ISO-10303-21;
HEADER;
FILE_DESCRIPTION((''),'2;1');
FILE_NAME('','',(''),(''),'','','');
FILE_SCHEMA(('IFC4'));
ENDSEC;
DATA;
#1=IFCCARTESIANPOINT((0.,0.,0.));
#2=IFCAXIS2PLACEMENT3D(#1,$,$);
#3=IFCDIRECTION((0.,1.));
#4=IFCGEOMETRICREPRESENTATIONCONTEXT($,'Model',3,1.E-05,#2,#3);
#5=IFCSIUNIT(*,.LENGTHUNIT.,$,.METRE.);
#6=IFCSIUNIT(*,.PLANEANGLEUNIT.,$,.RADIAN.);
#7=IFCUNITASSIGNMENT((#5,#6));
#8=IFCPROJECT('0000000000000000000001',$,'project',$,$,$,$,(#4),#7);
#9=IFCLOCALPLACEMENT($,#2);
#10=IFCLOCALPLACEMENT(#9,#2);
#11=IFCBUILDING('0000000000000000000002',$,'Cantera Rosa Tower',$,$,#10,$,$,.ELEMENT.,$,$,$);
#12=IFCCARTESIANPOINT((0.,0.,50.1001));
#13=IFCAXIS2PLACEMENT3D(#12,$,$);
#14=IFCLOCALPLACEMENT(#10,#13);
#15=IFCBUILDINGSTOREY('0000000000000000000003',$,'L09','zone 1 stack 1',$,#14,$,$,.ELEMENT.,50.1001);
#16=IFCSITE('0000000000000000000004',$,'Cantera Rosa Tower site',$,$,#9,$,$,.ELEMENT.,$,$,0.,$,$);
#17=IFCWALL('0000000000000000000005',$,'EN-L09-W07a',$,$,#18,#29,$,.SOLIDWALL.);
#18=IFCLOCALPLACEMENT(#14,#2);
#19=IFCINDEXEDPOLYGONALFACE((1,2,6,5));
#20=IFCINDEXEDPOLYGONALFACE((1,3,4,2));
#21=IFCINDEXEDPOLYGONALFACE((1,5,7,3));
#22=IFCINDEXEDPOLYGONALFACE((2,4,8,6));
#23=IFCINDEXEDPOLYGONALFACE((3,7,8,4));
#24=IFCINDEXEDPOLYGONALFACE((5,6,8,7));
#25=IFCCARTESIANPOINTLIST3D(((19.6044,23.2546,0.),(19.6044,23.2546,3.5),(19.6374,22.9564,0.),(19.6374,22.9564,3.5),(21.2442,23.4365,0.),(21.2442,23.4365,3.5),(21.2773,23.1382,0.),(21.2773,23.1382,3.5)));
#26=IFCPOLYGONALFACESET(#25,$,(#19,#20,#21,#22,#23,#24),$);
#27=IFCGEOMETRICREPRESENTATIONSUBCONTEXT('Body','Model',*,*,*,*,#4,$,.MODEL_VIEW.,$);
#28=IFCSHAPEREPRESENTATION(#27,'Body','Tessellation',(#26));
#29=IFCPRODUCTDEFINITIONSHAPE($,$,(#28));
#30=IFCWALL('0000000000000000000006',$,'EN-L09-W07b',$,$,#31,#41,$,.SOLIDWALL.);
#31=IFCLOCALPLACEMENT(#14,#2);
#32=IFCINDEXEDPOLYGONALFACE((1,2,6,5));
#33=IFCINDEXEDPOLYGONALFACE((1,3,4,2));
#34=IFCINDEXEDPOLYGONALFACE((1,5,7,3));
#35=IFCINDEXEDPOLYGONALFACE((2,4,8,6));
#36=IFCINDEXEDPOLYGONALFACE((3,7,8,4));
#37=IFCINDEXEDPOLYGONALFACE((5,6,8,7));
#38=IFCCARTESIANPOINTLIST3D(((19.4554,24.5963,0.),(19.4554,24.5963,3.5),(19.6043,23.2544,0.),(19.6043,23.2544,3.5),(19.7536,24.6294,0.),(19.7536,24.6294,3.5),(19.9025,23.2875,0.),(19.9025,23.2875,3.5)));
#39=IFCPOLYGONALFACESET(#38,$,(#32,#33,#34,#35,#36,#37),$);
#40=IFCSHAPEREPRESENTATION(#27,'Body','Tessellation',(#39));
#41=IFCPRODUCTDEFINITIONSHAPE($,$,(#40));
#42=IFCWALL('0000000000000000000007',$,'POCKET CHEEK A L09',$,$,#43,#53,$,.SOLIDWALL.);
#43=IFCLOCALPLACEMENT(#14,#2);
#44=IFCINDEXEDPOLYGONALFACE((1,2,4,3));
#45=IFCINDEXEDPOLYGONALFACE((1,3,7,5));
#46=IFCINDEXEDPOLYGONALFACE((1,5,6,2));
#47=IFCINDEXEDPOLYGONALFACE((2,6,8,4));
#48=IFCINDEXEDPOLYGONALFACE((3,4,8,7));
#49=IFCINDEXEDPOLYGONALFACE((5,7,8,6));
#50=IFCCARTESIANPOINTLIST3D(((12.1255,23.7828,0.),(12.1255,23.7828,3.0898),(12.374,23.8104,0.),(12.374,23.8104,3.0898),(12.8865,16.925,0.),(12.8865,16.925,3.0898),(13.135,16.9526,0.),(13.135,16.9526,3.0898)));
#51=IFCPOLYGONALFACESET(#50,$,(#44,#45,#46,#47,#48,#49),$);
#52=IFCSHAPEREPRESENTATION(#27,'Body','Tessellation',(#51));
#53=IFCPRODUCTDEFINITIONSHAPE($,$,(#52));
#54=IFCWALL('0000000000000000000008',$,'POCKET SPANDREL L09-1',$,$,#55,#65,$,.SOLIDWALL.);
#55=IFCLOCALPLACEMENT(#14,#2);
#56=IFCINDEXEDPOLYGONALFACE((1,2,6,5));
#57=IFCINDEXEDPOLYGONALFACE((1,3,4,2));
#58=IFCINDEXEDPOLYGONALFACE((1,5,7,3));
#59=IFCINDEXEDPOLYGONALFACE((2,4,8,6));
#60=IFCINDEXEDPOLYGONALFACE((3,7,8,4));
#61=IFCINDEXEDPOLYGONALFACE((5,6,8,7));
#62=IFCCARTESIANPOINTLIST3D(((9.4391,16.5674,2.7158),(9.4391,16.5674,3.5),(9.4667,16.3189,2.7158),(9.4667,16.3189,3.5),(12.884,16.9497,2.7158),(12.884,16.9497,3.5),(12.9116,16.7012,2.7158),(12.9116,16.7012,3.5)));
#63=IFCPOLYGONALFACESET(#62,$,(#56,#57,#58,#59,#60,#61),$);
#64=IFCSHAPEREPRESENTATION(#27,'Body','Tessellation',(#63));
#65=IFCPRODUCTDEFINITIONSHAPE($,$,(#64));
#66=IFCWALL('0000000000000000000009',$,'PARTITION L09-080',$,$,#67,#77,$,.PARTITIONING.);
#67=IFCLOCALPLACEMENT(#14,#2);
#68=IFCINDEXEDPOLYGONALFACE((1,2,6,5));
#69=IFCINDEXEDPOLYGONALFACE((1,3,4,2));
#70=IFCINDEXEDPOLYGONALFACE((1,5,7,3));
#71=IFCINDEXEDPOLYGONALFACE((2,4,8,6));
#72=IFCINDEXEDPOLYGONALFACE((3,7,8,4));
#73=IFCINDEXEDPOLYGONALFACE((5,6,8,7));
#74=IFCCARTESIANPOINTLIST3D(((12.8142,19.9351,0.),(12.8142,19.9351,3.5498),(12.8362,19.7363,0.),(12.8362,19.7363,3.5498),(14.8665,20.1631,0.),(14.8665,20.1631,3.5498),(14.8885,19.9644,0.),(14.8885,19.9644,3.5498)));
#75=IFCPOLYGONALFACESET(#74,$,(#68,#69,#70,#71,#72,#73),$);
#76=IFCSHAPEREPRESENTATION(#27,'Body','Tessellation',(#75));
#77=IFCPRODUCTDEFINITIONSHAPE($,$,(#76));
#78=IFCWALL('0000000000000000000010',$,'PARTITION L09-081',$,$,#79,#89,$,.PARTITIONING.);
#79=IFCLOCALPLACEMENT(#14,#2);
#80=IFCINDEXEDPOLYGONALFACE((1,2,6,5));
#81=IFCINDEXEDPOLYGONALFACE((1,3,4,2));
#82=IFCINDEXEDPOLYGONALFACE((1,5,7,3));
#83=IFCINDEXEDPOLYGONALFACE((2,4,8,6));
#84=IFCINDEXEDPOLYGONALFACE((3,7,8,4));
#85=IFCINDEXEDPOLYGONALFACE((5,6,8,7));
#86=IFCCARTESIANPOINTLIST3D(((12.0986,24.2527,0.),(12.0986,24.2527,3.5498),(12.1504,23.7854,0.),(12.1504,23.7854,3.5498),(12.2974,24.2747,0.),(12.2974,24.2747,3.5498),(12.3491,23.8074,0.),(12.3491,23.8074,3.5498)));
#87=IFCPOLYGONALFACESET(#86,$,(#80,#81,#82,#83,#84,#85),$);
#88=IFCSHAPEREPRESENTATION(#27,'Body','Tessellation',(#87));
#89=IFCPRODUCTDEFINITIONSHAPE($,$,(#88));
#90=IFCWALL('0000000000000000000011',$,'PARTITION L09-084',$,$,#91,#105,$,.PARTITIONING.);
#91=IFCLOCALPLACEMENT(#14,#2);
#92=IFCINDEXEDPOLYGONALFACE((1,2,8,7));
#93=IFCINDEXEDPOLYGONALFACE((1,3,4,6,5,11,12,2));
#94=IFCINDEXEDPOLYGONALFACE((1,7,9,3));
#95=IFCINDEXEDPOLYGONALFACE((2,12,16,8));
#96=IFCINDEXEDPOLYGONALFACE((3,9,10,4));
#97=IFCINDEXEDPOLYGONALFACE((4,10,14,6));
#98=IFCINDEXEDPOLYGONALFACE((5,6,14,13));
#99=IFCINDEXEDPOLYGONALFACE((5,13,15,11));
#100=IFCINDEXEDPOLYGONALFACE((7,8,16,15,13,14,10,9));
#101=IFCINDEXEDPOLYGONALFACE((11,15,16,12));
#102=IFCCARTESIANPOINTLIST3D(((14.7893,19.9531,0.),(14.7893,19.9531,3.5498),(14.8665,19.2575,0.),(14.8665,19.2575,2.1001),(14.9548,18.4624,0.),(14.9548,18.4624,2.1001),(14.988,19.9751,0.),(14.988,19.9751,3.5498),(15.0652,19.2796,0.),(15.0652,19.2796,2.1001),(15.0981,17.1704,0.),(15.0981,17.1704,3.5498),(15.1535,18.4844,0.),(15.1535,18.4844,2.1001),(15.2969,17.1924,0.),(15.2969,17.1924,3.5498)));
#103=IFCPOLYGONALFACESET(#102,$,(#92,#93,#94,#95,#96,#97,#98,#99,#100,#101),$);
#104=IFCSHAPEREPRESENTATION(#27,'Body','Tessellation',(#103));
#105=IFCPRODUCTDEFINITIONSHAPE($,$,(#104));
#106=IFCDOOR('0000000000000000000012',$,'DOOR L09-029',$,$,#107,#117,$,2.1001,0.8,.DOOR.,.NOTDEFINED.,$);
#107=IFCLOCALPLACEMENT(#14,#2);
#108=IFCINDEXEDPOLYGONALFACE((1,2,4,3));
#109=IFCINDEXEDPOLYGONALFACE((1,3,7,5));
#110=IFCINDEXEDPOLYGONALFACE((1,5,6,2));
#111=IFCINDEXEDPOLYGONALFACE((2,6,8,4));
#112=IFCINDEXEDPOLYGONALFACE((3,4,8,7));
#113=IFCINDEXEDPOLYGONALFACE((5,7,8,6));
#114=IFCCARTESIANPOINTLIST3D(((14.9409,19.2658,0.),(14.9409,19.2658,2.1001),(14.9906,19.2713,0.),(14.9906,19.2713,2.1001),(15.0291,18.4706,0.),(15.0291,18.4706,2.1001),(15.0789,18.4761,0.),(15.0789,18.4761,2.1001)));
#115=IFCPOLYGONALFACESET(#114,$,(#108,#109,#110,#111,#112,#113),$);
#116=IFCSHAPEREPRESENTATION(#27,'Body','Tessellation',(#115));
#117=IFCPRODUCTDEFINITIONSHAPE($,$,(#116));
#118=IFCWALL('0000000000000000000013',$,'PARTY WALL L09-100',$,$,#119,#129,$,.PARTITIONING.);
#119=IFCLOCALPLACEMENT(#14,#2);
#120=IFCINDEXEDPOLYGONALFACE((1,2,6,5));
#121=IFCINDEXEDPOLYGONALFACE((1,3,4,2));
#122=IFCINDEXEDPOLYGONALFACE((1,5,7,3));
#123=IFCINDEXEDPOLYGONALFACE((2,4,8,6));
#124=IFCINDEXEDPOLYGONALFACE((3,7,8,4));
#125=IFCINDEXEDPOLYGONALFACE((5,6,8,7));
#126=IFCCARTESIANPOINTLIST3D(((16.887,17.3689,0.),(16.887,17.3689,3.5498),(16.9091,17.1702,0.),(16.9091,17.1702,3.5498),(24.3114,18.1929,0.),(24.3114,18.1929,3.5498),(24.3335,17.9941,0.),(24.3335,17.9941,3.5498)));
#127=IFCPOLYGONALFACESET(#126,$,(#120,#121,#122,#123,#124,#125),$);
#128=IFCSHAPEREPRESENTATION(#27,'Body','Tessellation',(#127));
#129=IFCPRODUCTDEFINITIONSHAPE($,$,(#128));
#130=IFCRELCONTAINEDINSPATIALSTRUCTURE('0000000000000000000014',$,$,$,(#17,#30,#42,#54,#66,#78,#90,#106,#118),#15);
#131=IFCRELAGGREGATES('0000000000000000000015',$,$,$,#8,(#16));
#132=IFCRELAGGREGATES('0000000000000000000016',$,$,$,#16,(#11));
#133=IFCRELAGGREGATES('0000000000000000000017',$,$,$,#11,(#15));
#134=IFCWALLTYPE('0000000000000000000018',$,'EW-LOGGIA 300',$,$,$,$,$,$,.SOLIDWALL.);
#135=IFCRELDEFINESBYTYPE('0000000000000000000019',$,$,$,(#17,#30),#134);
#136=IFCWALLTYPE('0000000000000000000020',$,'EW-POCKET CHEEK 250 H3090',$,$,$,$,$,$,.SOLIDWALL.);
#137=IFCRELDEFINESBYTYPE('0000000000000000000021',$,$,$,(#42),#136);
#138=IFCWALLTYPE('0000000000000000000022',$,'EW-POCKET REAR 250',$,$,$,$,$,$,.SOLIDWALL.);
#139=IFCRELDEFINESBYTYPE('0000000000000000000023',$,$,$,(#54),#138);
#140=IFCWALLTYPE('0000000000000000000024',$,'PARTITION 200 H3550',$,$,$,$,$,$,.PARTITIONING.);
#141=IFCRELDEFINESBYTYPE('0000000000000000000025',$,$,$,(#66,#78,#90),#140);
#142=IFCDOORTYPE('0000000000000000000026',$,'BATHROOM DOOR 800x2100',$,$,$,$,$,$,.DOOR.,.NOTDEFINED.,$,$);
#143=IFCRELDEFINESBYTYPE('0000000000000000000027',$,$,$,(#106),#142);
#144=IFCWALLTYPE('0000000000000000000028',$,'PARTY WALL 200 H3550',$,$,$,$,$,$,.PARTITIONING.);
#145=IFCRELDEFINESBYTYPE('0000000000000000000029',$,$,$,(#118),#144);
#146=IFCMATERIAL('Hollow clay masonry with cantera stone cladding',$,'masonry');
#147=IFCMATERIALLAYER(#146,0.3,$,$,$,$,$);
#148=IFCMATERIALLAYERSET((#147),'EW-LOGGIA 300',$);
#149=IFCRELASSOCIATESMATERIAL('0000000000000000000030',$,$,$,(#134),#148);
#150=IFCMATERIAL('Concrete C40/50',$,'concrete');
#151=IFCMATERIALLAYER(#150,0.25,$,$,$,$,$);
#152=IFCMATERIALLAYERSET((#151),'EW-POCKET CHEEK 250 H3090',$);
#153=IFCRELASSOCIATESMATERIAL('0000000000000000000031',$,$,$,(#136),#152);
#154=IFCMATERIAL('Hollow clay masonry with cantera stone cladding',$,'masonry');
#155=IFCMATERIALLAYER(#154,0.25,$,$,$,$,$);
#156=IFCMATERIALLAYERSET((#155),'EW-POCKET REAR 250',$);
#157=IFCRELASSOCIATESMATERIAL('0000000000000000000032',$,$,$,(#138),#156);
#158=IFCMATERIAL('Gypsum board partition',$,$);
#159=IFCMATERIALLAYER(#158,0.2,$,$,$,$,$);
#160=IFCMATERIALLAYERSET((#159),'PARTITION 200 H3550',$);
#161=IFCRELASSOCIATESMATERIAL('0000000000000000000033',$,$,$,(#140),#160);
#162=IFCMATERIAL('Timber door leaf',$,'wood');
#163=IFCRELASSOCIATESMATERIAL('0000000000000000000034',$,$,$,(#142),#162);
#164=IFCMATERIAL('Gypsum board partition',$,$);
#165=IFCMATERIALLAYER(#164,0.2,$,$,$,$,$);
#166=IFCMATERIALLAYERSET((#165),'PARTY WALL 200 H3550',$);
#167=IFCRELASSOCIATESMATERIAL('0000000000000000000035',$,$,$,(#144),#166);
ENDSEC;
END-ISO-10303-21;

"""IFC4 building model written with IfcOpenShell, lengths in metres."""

from ifc_helpers import new_model, si_unit, direction, frame, frame_2d, origin, place, context, subcontext, project, spatial, rectangle, extrude, material, layer, layer_set, type_object, element, fill, save


model = new_model("IFC4")

# Units and contexts
model_context = context("Model", 3, precision=1e-05, world=origin(), true_north=direction((0.0, 1.0)))
body_context = subcontext(model_context, "Body", "Model", "MODEL_VIEW")
ifc_project = project(units=[si_unit("LENGTHUNIT", "METRE"), si_unit("PLANEANGLEUNIT", "RADIAN")], contexts=[model_context])

# Site, building, storey
site_placement = place(None, origin())
site = spatial("IfcSite", under=ifc_project, at=site_placement, Name="Cantera Rosa Tower site", CompositionType="ELEMENT", RefElevation=0.0)
building_placement = place(site_placement, origin())
building = spatial("IfcBuilding", under=site, at=building_placement, Name="Cantera Rosa Tower", CompositionType="ELEMENT")
storey_placement = place(building_placement, frame((0.0, 0.0, 50.1001)))
storey = spatial("IfcBuildingStorey", under=building, at=storey_placement, Name="L09", Description="zone 1 stack 1", CompositionType="ELEMENT", Elevation=50.1001)

# Walls
ifc_material_1 = material(Name="Hollow clay masonry with cantera stone cladding", Category="masonry")
ifc_layer_1 = layer(ifc_material_1, 0.3)
ifc_layer_set_1 = layer_set([ifc_layer_1], Name="EW-LOGGIA 300")
wall_type_1 = type_object("IfcWallType", Name="EW-LOGGIA 300", PredefinedType="SOLIDWALL", material=ifc_layer_set_1)
wall_1_placement = place(storey_placement, frame((21.2607, 23.2874, 0.0), z_axis=(0.0, 0.0, 1.0), x_axis=(-0.993905, -0.110237, 0.0)))
element("IfcWall", 1, at=wall_1_placement, inside=storey, type_object=wall_type_1, Name="EN-L09-W07a", PredefinedType="SOLIDWALL", context=body_context, shape_type="SweptSolid", body=[
    extrude(rectangle(XDim=1.6499, YDim=0.3, at=frame_2d((0.825, 0.0))), origin(), (0.0, 0.0, 1.0), 3.5),
])
wall_2_placement = place(storey_placement, frame((19.7534, 23.271, 0.0), z_axis=(0.0, 0.0, 1.0), x_axis=(-0.110312, 0.993897, 0.0)))
element("IfcWall", 2, at=wall_2_placement, inside=storey, type_object=wall_type_1, Name="EN-L09-W07b", PredefinedType="SOLIDWALL", context=body_context, shape_type="SweptSolid", body=[
    extrude(rectangle(XDim=1.3501, YDim=0.3, at=frame_2d((0.675, 0.0))), origin(), (0.0, 0.0, 1.0), 3.5),
])

# Walls
ifc_material_2 = material(Name="Concrete C40/50", Category="concrete")
ifc_layer_2 = layer(ifc_material_2, 0.25)
ifc_layer_set_2 = layer_set([ifc_layer_2], Name="EW-POCKET CHEEK 250 H3090")
wall_type_2 = type_object("IfcWallType", Name="EW-POCKET CHEEK 250 H3090", PredefinedType="SOLIDWALL", material=ifc_layer_set_2)
wall_3_placement = place(storey_placement, frame((12.2498, 23.7966, 0.0), z_axis=(0.0, 0.0, 1.0), x_axis=(0.110288, -0.9939, 0.0)))
element("IfcWall", 3, at=wall_3_placement, inside=storey, type_object=wall_type_2, Name="POCKET CHEEK A L09", PredefinedType="SOLIDWALL", context=body_context, shape_type="SweptSolid", body=[
    extrude(rectangle(XDim=6.8999, YDim=0.25, at=frame_2d((3.45, 0.0))), origin(), (0.0, 0.0, 1.0), 3.0898),
])
ifc_material_3 = material(Name="Hollow clay masonry with cantera stone cladding", Category="masonry")
ifc_layer_3 = layer(ifc_material_3, 0.25)
ifc_layer_set_3 = layer_set([ifc_layer_3], Name="EW-POCKET REAR 250")
wall_type_3 = type_object("IfcWallType", Name="EW-POCKET REAR 250", PredefinedType="SOLIDWALL", material=ifc_layer_set_3)
wall_4_placement = place(storey_placement, frame((12.8977, 16.8254, 2.7158), z_axis=(0.0, 0.0, 1.0), x_axis=(-0.993897, -0.110308, 0.0)))
element("IfcWall", 4, at=wall_4_placement, inside=storey, type_object=wall_type_3, Name="POCKET SPANDREL L09-1", PredefinedType="SOLIDWALL", context=body_context, shape_type="SweptSolid", body=[
    extrude(rectangle(XDim=3.4661, YDim=0.25, at=frame_2d((1.7329, 0.0))), origin(), (0.0, 0.0, 1.0), 0.7842),
])
ifc_material_4 = material(Name="Gypsum board partition")
ifc_layer_4 = layer(ifc_material_4, 0.2)
ifc_layer_set_4 = layer_set([ifc_layer_4], Name="PARTITION 200 H3550")
wall_type_4 = type_object("IfcWallType", Name="PARTITION 200 H3550", PredefinedType="PARTITIONING", material=ifc_layer_set_4)
wall_5_placement = place(storey_placement, frame((12.8252, 19.8357, 0.0), z_axis=(0.0, 0.0, 1.0), x_axis=(0.993884, 0.110432, 0.0)))
element("IfcWall", 5, at=wall_5_placement, inside=storey, type_object=wall_type_4, Name="PARTITION L09-080", PredefinedType="PARTITIONING", context=body_context, shape_type="SweptSolid", body=[
    extrude(rectangle(XDim=2.0649, YDim=0.2, at=frame_2d((1.0325, 0.0))), origin(), (0.0, 0.0, 1.0), 3.5498),
])
wall_6_placement = place(storey_placement, frame((12.2498, 23.7964, 0.0), z_axis=(0.0, 0.0, 1.0), x_axis=(-0.11009, 0.993922, 0.0)))
element("IfcWall", 6, at=wall_6_placement, inside=storey, type_object=wall_type_4, Name="PARTITION L09-081", PredefinedType="PARTITIONING", context=body_context, shape_type="SweptSolid", body=[
    extrude(rectangle(XDim=0.4702, YDim=0.2, at=frame_2d((0.2351, 0.0))), origin(), (0.0, 0.0, 1.0), 3.5498),
])

# Wall, opening, door
wall_7_placement = place(storey_placement, frame((14.8887, 19.9641, 0.0), z_axis=(0.0, 0.0, 1.0), x_axis=(0.110307, -0.993898, 0.0)))
wall_7 = element("IfcWall", 7, at=wall_7_placement, inside=storey, type_object=wall_type_4, Name="PARTITION L09-084", PredefinedType="PARTITIONING", context=body_context, shape_type="SweptSolid", body=[
    extrude(rectangle(XDim=2.7998, YDim=0.2, at=frame_2d((1.3999, 0.0))), origin(), (0.0, 0.0, 1.0), 3.5498),
])
opening_1_placement = place(wall_7_placement, frame((0.7, 0.0, 0.0)))
opening_1 = element("IfcOpeningElement", 8, at=opening_1_placement, cuts=wall_7, PredefinedType="OPENING", context=body_context, shape_type="SweptSolid", body=[
    extrude(rectangle(XDim=0.8, YDim=2.1001, at=frame_2d((0.3999, 1.05))), frame((0.0, 0.1099, 0.0), z_axis=(0.0, -1.0, 0.0), x_axis=(1.0, 0.0, 0.0)), (0.0, 0.0, 1.0), 0.22),
])
ifc_material_5 = material(Name="Timber door leaf", Category="wood")
door_type_1 = type_object("IfcDoorType", Name="BATHROOM DOOR 800x2100", OperationType="NOTDEFINED", PredefinedType="DOOR", material=ifc_material_5)
door_1_placement = place(opening_1_placement, origin())
door_1 = element("IfcDoor", 9, at=door_1_placement, inside=storey, type_object=door_type_1, Name="DOOR L09-029", OperationType="NOTDEFINED", OverallHeight=2.1001, OverallWidth=0.8, PredefinedType="DOOR", context=body_context, shape_type="SweptSolid", body=[
    extrude(rectangle(XDim=0.8, YDim=2.1001, at=frame_2d((0.3999, 1.05))), frame((0.0, 0.0249, 0.0), z_axis=(0.0, -1.0, 0.0), x_axis=(1.0, 0.0, 0.0)), (0.0, 0.0, 1.0), 0.05),
])
fill(opening_1, door_1)

# Wall
ifc_material_6 = material(Name="Gypsum board partition")
ifc_layer_5 = layer(ifc_material_6, 0.2)
ifc_layer_set_5 = layer_set([ifc_layer_5], Name="PARTY WALL 200 H3550")
wall_type_5 = type_object("IfcWallType", Name="PARTY WALL 200 H3550", PredefinedType="PARTITIONING", material=ifc_layer_set_5)
wall_8_placement = place(storey_placement, frame((16.8982, 17.2695, 0.0), z_axis=(0.0, 0.0, 1.0), x_axis=(0.993898, 0.110306, 0.0)))
element("IfcWall", 10, at=wall_8_placement, inside=storey, type_object=wall_type_5, Name="PARTY WALL L09-100", PredefinedType="PARTITIONING", context=body_context, shape_type="SweptSolid", body=[
    extrude(rectangle(XDim=7.47, YDim=0.2, at=frame_2d((3.7349, 0.0))), origin(), (0.0, 0.0, 1.0), 3.5498),
])

save(model, "model.ifc")
